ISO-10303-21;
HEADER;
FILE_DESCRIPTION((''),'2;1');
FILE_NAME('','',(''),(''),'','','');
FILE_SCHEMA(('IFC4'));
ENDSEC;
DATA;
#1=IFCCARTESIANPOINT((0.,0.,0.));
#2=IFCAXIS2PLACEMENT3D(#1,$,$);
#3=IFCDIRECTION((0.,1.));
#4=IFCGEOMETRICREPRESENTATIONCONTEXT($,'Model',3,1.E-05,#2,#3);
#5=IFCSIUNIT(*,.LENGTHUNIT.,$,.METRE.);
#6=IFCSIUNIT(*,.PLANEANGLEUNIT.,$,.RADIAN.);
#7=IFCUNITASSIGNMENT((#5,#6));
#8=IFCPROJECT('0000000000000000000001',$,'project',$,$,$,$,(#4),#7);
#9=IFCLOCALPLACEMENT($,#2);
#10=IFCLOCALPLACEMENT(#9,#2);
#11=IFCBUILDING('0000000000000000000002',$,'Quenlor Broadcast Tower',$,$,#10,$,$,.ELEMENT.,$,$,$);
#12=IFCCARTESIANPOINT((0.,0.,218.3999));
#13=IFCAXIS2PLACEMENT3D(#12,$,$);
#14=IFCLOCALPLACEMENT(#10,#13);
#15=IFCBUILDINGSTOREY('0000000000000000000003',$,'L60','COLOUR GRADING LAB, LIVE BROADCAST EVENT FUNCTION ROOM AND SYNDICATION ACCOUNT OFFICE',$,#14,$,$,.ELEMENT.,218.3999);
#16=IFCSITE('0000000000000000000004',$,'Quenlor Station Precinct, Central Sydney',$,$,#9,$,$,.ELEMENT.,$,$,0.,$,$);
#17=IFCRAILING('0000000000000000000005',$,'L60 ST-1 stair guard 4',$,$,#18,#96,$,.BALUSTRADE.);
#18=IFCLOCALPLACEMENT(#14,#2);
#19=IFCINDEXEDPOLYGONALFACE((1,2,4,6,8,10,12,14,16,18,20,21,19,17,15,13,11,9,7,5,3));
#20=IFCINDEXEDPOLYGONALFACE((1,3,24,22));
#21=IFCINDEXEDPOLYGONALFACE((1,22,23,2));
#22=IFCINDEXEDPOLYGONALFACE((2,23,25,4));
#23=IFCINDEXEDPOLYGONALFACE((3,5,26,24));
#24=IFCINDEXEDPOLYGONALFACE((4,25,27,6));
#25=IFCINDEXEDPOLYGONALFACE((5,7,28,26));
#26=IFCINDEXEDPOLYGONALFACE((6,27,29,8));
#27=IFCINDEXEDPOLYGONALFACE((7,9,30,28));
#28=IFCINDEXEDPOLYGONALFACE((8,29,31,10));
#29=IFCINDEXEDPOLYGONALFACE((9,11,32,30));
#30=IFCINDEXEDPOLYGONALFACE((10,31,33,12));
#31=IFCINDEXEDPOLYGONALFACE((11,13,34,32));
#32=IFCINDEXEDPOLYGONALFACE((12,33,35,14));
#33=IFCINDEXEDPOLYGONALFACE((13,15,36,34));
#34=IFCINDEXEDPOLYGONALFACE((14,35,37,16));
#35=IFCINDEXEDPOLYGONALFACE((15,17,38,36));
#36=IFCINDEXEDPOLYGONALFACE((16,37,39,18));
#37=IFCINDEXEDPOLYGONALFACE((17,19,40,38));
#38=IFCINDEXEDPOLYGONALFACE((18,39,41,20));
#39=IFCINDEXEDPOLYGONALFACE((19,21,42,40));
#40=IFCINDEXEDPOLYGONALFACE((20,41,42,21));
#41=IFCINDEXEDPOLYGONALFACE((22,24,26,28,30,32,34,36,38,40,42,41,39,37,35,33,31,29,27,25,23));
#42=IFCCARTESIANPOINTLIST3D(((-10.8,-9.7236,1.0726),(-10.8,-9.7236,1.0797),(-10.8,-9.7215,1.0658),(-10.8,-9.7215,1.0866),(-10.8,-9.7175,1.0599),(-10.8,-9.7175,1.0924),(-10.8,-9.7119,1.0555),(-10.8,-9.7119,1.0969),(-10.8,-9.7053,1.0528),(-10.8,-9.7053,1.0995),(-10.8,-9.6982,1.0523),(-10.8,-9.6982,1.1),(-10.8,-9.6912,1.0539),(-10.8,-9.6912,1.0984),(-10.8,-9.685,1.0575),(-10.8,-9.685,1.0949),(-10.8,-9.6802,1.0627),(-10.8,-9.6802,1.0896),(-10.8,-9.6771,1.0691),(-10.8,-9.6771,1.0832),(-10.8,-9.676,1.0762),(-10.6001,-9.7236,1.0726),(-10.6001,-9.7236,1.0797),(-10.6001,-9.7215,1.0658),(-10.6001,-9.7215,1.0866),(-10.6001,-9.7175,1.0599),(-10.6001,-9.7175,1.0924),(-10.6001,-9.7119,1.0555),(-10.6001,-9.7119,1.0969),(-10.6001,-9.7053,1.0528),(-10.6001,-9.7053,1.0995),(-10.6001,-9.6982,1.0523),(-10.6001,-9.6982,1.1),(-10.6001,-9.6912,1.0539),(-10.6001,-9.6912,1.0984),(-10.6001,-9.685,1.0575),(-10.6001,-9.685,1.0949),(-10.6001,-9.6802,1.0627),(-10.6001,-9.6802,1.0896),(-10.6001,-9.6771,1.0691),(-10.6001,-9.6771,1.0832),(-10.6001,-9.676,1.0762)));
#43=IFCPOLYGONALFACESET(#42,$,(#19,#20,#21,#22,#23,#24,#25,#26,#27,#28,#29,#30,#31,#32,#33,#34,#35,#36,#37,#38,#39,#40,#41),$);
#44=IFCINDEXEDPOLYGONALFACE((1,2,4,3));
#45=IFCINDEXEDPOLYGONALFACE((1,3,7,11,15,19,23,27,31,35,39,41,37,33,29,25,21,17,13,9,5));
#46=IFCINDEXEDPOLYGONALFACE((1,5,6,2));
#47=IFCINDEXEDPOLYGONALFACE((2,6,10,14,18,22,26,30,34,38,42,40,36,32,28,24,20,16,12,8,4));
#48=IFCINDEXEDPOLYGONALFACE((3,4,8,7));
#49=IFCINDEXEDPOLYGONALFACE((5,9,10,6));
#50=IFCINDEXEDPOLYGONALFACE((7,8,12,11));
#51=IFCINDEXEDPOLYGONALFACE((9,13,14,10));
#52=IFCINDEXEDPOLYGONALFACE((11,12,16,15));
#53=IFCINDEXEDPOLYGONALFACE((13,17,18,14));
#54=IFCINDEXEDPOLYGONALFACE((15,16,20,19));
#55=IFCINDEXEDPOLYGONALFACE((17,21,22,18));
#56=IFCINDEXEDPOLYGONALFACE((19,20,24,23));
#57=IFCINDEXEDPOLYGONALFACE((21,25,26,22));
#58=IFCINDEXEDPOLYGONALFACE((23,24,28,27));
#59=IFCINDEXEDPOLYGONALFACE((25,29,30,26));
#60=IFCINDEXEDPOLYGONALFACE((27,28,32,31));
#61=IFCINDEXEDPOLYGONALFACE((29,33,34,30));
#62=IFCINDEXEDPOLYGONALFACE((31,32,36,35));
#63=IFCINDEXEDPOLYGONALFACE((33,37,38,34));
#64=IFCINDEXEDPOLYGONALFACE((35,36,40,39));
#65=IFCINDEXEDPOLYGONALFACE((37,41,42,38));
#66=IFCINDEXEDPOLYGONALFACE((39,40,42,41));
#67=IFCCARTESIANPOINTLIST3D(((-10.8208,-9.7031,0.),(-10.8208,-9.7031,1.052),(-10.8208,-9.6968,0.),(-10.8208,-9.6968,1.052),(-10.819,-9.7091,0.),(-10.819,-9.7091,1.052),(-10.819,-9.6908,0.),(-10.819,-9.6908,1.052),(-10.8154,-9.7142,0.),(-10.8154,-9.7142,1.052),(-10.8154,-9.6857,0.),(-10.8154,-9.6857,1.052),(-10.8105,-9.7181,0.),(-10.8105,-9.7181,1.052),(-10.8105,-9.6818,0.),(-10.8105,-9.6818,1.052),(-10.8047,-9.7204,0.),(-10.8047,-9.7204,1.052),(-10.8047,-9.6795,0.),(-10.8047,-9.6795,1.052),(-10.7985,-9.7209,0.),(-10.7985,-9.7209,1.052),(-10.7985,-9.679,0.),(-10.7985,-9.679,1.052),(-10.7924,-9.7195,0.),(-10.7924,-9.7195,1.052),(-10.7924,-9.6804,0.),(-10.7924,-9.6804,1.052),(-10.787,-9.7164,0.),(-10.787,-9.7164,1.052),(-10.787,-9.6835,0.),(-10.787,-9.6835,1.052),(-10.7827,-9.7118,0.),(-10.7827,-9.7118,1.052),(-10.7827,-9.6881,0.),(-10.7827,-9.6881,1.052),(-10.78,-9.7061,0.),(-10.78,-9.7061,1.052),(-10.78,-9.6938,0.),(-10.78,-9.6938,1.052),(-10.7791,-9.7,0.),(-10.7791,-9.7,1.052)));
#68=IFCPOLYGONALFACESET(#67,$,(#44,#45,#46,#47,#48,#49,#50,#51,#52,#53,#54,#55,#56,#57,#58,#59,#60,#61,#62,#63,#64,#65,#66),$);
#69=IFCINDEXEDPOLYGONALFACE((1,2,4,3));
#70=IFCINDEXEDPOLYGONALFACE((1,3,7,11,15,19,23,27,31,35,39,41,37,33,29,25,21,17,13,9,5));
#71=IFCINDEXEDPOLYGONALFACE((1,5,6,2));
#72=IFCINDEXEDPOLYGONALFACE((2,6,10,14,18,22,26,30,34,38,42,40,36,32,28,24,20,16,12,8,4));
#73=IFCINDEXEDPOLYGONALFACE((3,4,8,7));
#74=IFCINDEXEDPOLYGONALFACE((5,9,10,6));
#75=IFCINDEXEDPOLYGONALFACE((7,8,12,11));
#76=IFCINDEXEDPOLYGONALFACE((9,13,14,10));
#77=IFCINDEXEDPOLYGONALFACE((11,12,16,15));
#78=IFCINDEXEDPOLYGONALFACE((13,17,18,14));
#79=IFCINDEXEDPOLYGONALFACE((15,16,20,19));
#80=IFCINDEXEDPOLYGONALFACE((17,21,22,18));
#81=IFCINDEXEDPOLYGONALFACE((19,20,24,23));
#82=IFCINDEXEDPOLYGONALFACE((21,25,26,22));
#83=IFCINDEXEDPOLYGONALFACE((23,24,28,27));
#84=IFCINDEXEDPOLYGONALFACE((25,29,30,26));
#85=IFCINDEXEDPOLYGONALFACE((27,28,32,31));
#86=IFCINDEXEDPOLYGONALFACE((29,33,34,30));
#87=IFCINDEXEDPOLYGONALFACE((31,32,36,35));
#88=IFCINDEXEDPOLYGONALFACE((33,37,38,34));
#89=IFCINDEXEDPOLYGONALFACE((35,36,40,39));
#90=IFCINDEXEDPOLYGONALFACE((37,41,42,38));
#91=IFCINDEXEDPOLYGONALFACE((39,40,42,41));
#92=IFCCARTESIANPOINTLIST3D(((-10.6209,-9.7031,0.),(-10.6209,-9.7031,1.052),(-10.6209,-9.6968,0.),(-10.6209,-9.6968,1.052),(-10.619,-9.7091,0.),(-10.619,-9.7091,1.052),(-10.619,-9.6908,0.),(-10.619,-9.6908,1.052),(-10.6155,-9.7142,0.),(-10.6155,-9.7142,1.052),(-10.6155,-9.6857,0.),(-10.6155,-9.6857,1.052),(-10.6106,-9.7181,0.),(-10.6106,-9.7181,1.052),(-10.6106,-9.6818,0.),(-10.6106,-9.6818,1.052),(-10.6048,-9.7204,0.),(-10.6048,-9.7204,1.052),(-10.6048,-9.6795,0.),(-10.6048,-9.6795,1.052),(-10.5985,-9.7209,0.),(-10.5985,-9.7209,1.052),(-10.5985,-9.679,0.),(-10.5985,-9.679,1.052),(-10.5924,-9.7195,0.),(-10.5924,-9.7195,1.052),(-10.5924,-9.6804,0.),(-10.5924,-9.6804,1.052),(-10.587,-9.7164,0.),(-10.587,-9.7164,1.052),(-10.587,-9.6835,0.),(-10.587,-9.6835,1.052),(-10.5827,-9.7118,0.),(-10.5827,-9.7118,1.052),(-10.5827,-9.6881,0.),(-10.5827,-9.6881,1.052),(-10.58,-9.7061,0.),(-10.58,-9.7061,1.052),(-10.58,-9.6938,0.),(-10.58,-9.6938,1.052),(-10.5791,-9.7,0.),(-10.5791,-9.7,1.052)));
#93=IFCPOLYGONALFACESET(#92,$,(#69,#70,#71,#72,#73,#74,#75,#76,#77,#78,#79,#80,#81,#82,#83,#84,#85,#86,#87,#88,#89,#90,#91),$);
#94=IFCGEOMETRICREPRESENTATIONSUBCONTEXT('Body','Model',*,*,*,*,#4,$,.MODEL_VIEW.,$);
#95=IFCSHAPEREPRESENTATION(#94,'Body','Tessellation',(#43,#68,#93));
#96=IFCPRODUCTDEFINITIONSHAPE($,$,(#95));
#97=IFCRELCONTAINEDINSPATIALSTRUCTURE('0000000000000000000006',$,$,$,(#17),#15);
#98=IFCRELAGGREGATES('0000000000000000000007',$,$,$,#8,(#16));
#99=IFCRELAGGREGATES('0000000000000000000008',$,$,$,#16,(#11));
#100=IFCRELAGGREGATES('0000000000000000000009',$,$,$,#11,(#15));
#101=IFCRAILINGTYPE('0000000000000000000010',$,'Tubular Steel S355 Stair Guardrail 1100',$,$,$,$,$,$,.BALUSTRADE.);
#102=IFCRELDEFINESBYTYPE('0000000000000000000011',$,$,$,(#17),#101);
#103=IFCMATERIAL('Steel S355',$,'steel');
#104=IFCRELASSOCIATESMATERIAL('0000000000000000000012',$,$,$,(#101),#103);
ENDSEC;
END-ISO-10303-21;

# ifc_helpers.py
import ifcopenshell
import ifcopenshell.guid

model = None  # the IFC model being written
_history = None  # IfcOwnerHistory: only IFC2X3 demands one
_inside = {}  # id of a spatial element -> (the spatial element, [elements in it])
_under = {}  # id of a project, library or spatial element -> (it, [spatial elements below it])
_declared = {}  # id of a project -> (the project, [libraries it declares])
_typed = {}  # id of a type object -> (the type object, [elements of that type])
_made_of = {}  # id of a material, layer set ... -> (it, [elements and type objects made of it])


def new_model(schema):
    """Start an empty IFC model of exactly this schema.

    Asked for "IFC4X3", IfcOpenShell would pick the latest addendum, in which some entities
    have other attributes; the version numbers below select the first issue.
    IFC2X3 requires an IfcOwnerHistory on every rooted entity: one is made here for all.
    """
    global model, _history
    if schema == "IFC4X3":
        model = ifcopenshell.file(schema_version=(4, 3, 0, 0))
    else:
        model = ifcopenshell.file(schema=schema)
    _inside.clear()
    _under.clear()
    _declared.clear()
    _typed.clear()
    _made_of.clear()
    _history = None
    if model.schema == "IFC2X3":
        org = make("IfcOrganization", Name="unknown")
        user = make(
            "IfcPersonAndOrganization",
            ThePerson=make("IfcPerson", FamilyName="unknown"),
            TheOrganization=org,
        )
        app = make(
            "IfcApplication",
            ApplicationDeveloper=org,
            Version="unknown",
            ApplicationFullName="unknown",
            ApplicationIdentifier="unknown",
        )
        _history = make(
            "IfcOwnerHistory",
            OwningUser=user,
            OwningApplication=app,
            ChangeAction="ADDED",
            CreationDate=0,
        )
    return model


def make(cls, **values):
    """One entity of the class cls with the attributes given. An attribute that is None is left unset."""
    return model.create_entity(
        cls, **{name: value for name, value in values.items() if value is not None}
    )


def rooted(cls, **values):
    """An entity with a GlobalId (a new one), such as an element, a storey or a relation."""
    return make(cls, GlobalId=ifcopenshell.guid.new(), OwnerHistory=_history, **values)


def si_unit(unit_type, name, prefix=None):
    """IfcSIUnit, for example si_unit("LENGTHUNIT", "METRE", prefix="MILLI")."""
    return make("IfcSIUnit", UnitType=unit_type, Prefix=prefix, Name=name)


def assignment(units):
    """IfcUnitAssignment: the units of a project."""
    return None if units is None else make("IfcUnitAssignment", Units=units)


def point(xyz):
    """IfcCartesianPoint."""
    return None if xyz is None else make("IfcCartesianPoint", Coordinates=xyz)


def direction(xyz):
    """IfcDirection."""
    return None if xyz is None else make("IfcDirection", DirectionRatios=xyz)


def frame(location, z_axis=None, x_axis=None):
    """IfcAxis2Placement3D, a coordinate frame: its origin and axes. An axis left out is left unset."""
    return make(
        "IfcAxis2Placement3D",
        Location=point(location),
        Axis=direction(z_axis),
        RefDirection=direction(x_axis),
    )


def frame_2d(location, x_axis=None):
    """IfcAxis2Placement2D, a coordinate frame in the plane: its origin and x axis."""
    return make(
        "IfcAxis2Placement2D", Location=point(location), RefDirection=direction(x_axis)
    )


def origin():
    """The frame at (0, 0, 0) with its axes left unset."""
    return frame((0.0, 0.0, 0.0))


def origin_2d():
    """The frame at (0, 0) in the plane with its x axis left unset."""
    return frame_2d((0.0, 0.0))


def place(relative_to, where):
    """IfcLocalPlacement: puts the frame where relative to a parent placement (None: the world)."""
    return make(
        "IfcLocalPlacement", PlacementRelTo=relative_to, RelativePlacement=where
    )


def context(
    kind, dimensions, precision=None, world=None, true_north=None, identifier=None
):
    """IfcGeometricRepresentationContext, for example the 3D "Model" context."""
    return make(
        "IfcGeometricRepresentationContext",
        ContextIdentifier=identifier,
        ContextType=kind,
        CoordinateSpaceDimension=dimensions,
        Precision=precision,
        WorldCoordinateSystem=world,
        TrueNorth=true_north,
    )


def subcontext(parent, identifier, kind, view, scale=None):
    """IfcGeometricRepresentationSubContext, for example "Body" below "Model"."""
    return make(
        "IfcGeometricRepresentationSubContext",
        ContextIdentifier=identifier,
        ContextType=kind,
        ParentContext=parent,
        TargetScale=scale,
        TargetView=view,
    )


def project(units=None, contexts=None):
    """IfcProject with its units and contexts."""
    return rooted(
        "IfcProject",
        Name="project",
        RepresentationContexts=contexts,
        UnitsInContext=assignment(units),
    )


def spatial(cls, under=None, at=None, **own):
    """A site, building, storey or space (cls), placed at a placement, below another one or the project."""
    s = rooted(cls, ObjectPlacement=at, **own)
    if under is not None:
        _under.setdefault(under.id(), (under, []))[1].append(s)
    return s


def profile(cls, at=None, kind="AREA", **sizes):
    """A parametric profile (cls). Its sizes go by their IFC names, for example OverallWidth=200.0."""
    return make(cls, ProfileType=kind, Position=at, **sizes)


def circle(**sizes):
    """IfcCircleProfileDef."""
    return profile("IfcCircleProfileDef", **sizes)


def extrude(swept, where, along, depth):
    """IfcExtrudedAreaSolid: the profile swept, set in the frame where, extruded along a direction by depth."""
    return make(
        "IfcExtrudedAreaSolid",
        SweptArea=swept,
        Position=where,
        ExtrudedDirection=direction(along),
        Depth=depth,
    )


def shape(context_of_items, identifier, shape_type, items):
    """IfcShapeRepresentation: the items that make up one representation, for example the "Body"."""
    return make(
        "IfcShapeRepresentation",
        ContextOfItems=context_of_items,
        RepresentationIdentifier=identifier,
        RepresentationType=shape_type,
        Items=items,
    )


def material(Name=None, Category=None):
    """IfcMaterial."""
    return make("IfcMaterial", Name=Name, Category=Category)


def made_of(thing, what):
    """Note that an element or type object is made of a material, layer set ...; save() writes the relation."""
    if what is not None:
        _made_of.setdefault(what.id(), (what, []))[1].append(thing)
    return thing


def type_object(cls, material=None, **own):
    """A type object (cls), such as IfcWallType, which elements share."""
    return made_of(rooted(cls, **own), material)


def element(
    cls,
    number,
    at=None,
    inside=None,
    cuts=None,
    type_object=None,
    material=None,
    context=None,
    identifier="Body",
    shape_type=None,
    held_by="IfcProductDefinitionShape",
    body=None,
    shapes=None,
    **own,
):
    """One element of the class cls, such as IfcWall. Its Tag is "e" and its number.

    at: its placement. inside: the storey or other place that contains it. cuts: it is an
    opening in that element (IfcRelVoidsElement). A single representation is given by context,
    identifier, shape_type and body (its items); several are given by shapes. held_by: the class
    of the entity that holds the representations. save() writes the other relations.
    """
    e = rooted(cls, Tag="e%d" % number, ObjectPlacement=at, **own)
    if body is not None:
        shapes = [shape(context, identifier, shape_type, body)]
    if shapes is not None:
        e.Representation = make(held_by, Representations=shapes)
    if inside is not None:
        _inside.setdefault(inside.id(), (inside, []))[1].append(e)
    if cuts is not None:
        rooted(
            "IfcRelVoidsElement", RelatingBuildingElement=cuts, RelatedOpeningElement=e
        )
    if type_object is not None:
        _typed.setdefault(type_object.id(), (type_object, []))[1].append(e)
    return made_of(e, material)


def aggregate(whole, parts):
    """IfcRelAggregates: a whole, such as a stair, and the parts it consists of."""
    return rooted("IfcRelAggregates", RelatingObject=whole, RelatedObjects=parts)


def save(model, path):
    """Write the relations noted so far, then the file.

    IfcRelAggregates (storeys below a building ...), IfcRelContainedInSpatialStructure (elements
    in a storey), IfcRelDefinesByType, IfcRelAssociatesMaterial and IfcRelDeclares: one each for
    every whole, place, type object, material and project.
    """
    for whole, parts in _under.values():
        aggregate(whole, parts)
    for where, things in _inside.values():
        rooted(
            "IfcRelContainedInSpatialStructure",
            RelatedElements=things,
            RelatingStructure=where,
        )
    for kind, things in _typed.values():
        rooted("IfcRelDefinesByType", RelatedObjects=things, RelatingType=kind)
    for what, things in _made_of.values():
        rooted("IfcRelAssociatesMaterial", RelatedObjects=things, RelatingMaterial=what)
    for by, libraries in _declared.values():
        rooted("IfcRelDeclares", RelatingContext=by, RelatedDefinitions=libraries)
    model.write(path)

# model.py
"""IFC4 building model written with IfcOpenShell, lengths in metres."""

from ifc_helpers import new_model, si_unit, direction, frame, origin, origin_2d, place, context, subcontext, project, spatial, circle, extrude, material, type_object, element, save


model = new_model("IFC4")

# Units and contexts
model_context = context("Model", 3, precision=1e-05, world=origin(), true_north=direction((0.0, 1.0)))
body_context = subcontext(model_context, "Body", "Model", "MODEL_VIEW")
ifc_project = project(units=[si_unit("LENGTHUNIT", "METRE"), si_unit("PLANEANGLEUNIT", "RADIAN")], contexts=[model_context])

# Site, building, storey
site_placement = place(None, origin())
site = spatial("IfcSite", under=ifc_project, at=site_placement, Name="Quenlor Station Precinct, Central Sydney", CompositionType="ELEMENT", RefElevation=0.0)
building_placement = place(site_placement, origin())
building = spatial("IfcBuilding", under=site, at=building_placement, Name="Quenlor Broadcast Tower", CompositionType="ELEMENT")
storey_placement = place(building_placement, frame((0.0, 0.0, 218.3999)))
storey = spatial("IfcBuildingStorey", under=building, at=storey_placement, Name="L60", Description="COLOUR GRADING LAB, LIVE BROADCAST EVENT FUNCTION ROOM AND SYNDICATION ACCOUNT OFFICE", CompositionType="ELEMENT", Elevation=218.3999)

# Railing
ifc_material_1 = material(Name="Steel S355", Category="steel")
railing_type = type_object("IfcRailingType", Name="Tubular Steel S355 Stair Guardrail 1100", PredefinedType="BALUSTRADE", material=ifc_material_1)
railing_1_placement = place(storey_placement, frame((-10.8, -9.7, 0.0)))
element("IfcRailing", 1, at=railing_1_placement, inside=storey, type_object=railing_type, Name="L60 ST-1 stair guard 4", PredefinedType="BALUSTRADE", context=body_context, shape_type="SweptSolid", body=[
    extrude(circle(Radius=0.0239, at=origin_2d()), frame((0.0, 0.0, 1.0762), z_axis=(1.0, 0.0, 0.0), x_axis=(0.0, 1.0, 0.0)), (0.0, 0.0, 1.0), 0.2),
    extrude(circle(Radius=0.021, at=origin_2d()), origin(), (0.0, 0.0, 1.0), 1.052),
    extrude(circle(Radius=0.021, at=origin_2d()), frame((0.2, 0.0, 0.0)), (0.0, 0.0, 1.0), 1.052),
])

save(model, "model.ifc")
